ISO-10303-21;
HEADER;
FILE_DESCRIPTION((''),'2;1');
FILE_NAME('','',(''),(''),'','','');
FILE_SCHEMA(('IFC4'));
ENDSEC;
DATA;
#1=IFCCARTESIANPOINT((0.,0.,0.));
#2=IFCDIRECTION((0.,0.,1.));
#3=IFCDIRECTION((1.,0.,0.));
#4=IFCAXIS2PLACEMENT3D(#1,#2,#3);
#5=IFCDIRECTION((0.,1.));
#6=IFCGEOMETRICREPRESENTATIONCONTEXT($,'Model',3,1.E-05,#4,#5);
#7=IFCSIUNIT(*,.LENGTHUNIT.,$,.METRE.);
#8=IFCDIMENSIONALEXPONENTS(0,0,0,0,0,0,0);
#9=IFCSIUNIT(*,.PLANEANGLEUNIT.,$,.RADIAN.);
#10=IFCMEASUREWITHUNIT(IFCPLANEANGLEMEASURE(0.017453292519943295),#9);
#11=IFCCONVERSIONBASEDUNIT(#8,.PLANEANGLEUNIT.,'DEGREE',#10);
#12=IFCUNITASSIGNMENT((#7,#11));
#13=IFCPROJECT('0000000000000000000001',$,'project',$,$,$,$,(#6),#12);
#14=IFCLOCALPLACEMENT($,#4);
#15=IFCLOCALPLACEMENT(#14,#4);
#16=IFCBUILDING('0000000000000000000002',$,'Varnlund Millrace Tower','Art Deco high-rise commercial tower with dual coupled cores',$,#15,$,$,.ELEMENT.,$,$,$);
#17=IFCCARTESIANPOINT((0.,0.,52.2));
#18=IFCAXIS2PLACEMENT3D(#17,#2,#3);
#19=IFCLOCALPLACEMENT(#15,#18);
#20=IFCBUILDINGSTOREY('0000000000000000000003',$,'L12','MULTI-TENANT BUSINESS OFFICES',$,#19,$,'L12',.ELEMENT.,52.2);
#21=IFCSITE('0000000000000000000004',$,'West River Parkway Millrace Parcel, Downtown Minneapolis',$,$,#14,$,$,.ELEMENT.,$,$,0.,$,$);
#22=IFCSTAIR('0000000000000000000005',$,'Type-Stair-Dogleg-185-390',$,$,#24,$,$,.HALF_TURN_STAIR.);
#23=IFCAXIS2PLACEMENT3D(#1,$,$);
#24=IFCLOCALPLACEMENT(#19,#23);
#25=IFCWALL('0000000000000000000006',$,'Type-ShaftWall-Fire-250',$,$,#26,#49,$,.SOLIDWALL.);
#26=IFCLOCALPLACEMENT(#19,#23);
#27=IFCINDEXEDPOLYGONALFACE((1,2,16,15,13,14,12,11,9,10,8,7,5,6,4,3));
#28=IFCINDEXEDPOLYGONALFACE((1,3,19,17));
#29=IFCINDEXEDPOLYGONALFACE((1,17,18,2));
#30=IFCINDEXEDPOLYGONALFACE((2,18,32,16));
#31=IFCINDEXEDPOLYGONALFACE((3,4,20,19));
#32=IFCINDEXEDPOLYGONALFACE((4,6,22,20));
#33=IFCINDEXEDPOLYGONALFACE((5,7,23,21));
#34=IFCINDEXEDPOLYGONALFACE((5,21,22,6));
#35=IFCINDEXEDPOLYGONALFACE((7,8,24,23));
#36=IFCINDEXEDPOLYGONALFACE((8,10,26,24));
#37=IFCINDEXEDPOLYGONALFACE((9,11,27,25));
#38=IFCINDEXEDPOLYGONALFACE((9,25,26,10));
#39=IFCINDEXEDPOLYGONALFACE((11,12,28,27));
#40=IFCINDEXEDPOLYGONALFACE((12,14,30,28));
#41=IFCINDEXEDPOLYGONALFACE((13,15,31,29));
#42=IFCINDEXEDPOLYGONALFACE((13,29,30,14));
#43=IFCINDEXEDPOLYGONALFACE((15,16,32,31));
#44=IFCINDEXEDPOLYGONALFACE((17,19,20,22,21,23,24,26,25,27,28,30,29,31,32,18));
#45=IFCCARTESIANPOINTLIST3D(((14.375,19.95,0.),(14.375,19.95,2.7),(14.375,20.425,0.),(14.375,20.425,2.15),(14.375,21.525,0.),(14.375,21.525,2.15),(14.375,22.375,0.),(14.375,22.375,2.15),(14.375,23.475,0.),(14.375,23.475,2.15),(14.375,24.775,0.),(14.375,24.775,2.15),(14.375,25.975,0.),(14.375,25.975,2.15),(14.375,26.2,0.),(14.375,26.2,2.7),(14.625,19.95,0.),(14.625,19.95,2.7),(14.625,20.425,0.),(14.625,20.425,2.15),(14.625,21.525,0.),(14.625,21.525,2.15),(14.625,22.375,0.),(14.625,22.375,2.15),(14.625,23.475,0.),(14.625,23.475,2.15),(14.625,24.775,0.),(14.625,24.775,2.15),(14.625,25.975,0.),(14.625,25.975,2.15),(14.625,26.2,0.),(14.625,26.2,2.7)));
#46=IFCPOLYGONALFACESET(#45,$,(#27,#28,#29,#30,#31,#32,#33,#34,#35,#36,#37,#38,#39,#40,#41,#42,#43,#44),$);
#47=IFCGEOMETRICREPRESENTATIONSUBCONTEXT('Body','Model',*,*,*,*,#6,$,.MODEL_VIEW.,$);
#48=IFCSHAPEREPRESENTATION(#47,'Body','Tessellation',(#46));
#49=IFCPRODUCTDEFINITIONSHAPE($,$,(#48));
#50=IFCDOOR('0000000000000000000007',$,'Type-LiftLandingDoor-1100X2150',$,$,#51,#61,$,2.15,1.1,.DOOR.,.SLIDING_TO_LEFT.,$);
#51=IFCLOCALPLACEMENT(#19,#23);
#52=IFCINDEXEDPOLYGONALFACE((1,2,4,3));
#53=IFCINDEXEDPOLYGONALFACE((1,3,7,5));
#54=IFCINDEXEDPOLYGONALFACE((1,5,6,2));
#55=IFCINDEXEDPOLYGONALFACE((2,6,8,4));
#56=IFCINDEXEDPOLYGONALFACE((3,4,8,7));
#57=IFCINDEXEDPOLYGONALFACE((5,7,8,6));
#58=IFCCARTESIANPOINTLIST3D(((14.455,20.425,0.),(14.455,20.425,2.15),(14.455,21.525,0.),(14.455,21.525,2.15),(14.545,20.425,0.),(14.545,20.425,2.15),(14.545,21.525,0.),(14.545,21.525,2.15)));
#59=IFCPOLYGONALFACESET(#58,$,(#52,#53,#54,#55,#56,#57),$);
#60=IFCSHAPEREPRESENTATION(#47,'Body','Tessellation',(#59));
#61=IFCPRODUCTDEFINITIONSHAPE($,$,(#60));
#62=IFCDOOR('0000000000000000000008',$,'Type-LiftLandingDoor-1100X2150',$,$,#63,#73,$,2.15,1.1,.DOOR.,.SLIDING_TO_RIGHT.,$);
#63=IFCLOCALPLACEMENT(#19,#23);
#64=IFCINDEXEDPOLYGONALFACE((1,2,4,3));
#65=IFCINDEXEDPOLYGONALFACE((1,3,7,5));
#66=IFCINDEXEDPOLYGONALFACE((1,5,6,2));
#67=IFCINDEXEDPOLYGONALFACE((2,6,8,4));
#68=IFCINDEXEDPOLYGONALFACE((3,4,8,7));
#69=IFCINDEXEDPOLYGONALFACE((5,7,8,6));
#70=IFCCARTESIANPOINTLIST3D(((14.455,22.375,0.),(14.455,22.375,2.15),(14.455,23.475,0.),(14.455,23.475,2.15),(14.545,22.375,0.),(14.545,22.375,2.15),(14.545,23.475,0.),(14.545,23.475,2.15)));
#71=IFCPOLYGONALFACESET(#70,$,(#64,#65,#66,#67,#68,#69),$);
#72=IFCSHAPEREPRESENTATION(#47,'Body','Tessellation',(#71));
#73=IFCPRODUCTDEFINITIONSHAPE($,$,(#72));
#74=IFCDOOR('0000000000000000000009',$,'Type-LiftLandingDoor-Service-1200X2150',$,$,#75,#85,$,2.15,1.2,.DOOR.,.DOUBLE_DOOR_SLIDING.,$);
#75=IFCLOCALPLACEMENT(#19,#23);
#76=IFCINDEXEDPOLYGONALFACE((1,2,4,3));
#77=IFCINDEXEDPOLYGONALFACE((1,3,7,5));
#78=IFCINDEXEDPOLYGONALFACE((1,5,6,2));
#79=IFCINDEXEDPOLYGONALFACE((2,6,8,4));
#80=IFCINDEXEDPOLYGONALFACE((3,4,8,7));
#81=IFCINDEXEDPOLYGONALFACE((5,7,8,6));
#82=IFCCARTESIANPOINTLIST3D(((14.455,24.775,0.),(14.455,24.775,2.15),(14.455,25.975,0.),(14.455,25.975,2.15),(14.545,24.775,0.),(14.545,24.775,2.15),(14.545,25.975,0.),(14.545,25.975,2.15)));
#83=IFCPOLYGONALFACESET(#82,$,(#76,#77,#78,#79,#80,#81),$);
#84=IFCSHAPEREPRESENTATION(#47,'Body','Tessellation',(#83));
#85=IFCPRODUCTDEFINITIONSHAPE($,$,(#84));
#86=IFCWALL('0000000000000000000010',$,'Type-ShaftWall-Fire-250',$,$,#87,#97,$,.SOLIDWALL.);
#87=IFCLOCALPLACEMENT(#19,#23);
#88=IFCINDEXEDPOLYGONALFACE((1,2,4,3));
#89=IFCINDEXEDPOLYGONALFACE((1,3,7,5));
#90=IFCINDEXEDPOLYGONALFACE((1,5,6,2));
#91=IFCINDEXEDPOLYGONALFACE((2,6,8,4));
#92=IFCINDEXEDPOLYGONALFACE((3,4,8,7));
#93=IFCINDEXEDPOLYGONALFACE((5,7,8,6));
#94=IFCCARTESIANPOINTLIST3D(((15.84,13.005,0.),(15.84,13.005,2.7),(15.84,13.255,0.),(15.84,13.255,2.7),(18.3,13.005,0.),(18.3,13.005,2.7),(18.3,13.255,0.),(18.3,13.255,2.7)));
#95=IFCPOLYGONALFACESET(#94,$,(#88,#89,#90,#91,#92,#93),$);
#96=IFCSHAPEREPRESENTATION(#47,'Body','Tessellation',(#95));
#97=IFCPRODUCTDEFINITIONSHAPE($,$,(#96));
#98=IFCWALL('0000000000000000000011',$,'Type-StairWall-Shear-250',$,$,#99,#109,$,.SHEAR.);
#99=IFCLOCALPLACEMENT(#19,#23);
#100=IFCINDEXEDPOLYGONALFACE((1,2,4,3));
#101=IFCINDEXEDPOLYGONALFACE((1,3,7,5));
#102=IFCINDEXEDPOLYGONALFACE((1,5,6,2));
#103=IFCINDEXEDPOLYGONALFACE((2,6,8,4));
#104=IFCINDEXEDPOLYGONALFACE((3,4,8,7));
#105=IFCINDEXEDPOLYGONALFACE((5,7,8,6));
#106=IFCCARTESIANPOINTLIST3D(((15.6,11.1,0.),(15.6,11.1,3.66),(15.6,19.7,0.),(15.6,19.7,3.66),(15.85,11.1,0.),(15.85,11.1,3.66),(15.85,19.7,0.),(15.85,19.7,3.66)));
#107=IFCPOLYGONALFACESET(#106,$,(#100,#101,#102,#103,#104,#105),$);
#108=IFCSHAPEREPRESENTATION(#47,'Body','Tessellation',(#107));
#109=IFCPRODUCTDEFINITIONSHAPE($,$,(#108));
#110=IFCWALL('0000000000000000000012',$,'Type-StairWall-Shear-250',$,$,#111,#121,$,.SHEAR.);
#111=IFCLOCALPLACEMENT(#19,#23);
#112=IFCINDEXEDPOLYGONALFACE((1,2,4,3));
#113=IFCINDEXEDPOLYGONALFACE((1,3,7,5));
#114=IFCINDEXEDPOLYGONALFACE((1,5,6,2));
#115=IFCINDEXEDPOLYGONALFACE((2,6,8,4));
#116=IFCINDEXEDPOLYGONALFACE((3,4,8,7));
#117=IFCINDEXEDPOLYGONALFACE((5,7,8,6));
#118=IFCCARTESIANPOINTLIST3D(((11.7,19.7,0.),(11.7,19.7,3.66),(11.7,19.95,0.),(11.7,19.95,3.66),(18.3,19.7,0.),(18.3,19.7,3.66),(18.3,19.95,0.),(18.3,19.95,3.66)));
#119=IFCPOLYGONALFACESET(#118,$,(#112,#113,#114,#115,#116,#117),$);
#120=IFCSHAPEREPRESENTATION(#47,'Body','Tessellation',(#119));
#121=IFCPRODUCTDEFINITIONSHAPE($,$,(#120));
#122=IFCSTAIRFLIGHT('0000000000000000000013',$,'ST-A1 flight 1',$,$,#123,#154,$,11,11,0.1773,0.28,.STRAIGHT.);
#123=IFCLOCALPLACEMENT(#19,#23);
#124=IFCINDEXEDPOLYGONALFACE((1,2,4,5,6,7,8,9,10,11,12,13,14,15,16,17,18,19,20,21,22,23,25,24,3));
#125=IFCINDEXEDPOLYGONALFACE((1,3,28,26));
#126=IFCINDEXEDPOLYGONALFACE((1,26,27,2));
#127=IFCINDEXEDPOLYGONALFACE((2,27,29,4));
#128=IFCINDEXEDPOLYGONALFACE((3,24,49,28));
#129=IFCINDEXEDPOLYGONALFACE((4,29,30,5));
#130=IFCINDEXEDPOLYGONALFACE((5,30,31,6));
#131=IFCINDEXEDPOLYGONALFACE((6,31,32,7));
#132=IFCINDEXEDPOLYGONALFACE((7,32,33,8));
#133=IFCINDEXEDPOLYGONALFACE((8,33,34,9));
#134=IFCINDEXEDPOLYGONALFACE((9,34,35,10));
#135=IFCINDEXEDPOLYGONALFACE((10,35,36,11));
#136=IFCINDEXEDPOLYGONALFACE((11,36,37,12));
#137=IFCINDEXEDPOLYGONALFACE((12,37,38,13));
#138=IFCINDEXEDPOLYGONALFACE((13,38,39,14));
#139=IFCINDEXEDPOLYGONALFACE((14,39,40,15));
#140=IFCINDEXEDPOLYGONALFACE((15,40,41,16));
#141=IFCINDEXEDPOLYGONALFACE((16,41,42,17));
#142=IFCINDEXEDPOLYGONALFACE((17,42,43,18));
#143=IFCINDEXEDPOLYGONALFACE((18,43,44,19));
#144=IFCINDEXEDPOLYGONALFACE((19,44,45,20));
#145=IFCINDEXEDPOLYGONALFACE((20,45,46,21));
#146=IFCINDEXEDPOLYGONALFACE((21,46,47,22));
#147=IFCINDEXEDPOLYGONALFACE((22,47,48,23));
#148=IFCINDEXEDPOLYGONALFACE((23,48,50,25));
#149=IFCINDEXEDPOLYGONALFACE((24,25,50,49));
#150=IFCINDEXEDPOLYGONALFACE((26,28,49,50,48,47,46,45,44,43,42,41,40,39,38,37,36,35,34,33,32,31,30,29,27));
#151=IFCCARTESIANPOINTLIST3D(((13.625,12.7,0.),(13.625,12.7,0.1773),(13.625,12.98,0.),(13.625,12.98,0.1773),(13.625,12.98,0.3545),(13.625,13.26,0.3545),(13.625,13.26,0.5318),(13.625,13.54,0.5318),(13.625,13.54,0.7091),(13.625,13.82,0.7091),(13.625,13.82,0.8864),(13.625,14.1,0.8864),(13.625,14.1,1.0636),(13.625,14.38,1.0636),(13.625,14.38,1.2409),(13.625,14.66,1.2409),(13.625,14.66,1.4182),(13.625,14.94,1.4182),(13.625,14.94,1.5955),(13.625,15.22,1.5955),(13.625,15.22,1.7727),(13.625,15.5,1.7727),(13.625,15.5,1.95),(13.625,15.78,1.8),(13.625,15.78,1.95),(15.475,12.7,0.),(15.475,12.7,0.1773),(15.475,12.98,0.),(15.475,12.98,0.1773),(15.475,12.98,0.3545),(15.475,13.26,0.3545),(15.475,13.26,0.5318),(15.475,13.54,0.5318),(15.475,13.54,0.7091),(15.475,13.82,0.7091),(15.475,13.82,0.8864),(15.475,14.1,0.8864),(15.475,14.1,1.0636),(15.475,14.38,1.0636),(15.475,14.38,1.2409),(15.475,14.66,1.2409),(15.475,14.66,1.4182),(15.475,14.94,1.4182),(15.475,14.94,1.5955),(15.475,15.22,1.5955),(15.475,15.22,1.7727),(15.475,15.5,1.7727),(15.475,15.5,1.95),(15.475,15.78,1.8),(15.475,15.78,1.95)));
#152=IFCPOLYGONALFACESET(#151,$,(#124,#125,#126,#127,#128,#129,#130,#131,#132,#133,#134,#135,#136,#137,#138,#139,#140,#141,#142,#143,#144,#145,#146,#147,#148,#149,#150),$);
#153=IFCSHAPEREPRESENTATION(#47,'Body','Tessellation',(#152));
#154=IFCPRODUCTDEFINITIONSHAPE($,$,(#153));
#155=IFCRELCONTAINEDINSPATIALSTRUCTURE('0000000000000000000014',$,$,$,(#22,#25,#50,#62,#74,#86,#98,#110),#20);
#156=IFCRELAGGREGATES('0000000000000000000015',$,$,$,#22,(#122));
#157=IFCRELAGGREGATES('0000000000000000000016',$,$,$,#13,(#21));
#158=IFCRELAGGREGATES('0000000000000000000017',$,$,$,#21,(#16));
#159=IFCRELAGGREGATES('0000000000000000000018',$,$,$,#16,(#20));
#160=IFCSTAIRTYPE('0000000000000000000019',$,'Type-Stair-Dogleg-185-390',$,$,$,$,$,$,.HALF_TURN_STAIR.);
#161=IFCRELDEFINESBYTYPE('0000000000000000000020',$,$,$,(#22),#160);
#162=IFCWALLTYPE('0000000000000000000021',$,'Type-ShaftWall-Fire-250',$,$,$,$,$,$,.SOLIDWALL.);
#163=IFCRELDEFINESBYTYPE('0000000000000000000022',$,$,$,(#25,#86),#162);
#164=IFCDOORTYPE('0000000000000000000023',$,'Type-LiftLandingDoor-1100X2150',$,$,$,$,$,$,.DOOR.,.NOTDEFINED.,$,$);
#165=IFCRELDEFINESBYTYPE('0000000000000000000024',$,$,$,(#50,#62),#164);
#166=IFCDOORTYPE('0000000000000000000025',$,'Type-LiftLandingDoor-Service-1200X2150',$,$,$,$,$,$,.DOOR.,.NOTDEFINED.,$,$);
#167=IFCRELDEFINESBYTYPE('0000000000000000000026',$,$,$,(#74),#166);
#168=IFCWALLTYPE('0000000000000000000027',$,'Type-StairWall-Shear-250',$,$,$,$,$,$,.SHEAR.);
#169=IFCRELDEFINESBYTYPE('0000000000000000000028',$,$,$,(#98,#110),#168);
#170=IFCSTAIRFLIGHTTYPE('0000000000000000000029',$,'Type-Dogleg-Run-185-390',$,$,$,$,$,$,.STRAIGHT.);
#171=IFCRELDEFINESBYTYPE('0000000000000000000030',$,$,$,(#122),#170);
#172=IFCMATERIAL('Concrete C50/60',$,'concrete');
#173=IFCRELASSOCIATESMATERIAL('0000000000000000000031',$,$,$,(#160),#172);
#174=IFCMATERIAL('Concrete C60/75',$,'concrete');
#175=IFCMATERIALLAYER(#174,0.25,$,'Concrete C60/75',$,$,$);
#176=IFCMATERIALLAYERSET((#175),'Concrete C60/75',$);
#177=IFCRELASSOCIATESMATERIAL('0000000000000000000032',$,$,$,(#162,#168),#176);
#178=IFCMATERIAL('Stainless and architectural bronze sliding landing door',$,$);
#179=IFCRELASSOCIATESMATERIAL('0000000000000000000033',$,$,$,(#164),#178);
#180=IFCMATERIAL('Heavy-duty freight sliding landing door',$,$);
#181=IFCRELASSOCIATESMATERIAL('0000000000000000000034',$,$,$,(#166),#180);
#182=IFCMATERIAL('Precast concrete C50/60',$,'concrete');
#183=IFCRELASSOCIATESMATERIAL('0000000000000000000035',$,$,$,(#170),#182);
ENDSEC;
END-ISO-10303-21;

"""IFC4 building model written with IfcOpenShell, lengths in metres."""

from ifc_helpers import new_model, entity, si_unit, converted_unit, direction, frame, origin_with_axes, origin_2d_with_axis, place, context, subcontext, project, spatial, polyline, rectangle, outline, extrude, material, layer, layer_set, type_object, element, fill, aggregate, save


model = new_model("IFC4")

# Units and contexts
model_context = context("Model", 3, precision=1e-05, world=origin_with_axes(), true_north=direction((0.0, 1.0)))
body_context = subcontext(model_context, "Body", "Model", "MODEL_VIEW")
ifc_project = project(units=[si_unit("LENGTHUNIT", "METRE"), converted_unit("PLANEANGLEUNIT", "DEGREE", entity("IfcPlaneAngleMeasure", 0.017453292519943295), si_unit("PLANEANGLEUNIT", "RADIAN"), dimensions=[0, 0, 0, 0, 0, 0, 0])], contexts=[model_context])

# Site, building, storey
site_placement = place(None, origin_with_axes())
site = spatial("IfcSite", under=ifc_project, at=site_placement, Name="West River Parkway Millrace Parcel, Downtown Minneapolis", CompositionType="ELEMENT", RefElevation=0.0)
building_placement = place(site_placement, origin_with_axes())
building = spatial("IfcBuilding", under=site, at=building_placement, Name="Varnlund Millrace Tower", Description="Art Deco high-rise commercial tower with dual coupled cores", CompositionType="ELEMENT")
storey_placement = place(building_placement, frame((0.0, 0.0, 52.2), z_axis=(0.0, 0.0, 1.0), x_axis=(1.0, 0.0, 0.0)))
storey = spatial("IfcBuildingStorey", under=building, at=storey_placement, Name="L12", Description="MULTI-TENANT BUSINESS OFFICES", LongName="L12", CompositionType="ELEMENT", Elevation=52.2)

# Stair
ifc_material_1 = material(Name="Concrete C50/60", Category="concrete")
stair_type_1 = type_object("IfcStairType", Name="Type-Stair-Dogleg-185-390", PredefinedType="HALF_TURN_STAIR", material=ifc_material_1)
stair_1_placement = place(storey_placement, origin_with_axes())
stair_1 = element("IfcStair", 1, at=stair_1_placement, inside=storey, type_object=stair_type_1, Name="Type-Stair-Dogleg-185-390", PredefinedType="HALF_TURN_STAIR")

# Wall, openings, doors
ifc_material_2 = material(Name="Concrete C60/75", Category="concrete")
ifc_layer_1 = layer(ifc_material_2, 0.25, Name="Concrete C60/75")
ifc_layer_set_1 = layer_set([ifc_layer_1], Name="Concrete C60/75")
wall_type_1 = type_object("IfcWallType", Name="Type-ShaftWall-Fire-250", PredefinedType="SOLIDWALL", material=ifc_layer_set_1)
wall_1_placement = place(storey_placement, frame((14.5, 19.95, 0.0), z_axis=(0.0, 0.0, 1.0), x_axis=(0.0, 1.0, 0.0)))
wall_1 = element("IfcWall", 2, at=wall_1_placement, inside=storey, type_object=wall_type_1, Name="Type-ShaftWall-Fire-250", PredefinedType="SOLIDWALL", context=body_context, shape_type="SweptSolid", body=[
    extrude(outline(polyline([(0.0, -0.125), (6.25, -0.125), (6.25, 0.125), (0.0, 0.125), (0.0, -0.125)])), origin_with_axes(), (0.0, 0.0, 1.0), 2.7),
])
opening_1_placement = place(wall_1_placement, frame((1.025, 0.0, 0.0), z_axis=(0.0, 0.0, 1.0), x_axis=(1.0, 0.0, 0.0)))
opening_1 = element("IfcOpeningElement", 3, at=opening_1_placement, cuts=wall_1, PredefinedType="OPENING", context=body_context, shape_type="SweptSolid", body=[
    extrude(rectangle(XDim=1.1, YDim=0.27, at=origin_2d_with_axis()), origin_with_axes(), (0.0, 0.0, 1.0), 2.15),
])
opening_2_placement = place(wall_1_placement, frame((2.975, 0.0, 0.0), z_axis=(0.0, 0.0, 1.0), x_axis=(1.0, 0.0, 0.0)))
opening_2 = element("IfcOpeningElement", 4, at=opening_2_placement, cuts=wall_1, PredefinedType="OPENING", context=body_context, shape_type="SweptSolid", body=[
    extrude(rectangle(XDim=1.1, YDim=0.27, at=origin_2d_with_axis()), origin_with_axes(), (0.0, 0.0, 1.0), 2.15),
])
opening_3_placement = place(wall_1_placement, frame((5.425, 0.0, 0.0), z_axis=(0.0, 0.0, 1.0), x_axis=(1.0, 0.0, 0.0)))
opening_3 = element("IfcOpeningElement", 5, at=opening_3_placement, cuts=wall_1, PredefinedType="OPENING", context=body_context, shape_type="SweptSolid", body=[
    extrude(rectangle(XDim=1.2, YDim=0.27, at=origin_2d_with_axis()), origin_with_axes(), (0.0, 0.0, 1.0), 2.15),
])
ifc_material_3 = material(Name="Stainless and architectural bronze sliding landing door")
door_type_1 = type_object("IfcDoorType", Name="Type-LiftLandingDoor-1100X2150", OperationType="NOTDEFINED", PredefinedType="DOOR", material=ifc_material_3)
door_1_placement = place(wall_1_placement, frame((1.025, 0.0, 0.0), z_axis=(0.0, 0.0, 1.0), x_axis=(1.0, 0.0, 0.0)))
door_1 = element("IfcDoor", 6, at=door_1_placement, inside=storey, type_object=door_type_1, Name="Type-LiftLandingDoor-1100X2150", OperationType="SLIDING_TO_LEFT", OverallHeight=2.15, OverallWidth=1.1, PredefinedType="DOOR", context=body_context, shape_type="SweptSolid", body=[
    extrude(rectangle(XDim=1.1, YDim=0.09, at=origin_2d_with_axis()), origin_with_axes(), (0.0, 0.0, 1.0), 2.15),
])
fill(opening_1, door_1)
door_2_placement = place(wall_1_placement, frame((2.975, 0.0, 0.0), z_axis=(0.0, 0.0, 1.0), x_axis=(1.0, 0.0, 0.0)))
door_2 = element("IfcDoor", 7, at=door_2_placement, inside=storey, type_object=door_type_1, Name="Type-LiftLandingDoor-1100X2150", OperationType="SLIDING_TO_RIGHT", OverallHeight=2.15, OverallWidth=1.1, PredefinedType="DOOR", context=body_context, shape_type="SweptSolid", body=[
    extrude(rectangle(XDim=1.1, YDim=0.09, at=origin_2d_with_axis()), origin_with_axes(), (0.0, 0.0, 1.0), 2.15),
])
fill(opening_2, door_2)
ifc_material_4 = material(Name="Heavy-duty freight sliding landing door")
door_type_2 = type_object("IfcDoorType", Name="Type-LiftLandingDoor-Service-1200X2150", OperationType="NOTDEFINED", PredefinedType="DOOR", material=ifc_material_4)
door_3_placement = place(wall_1_placement, frame((5.425, 0.0, 0.0), z_axis=(0.0, 0.0, 1.0), x_axis=(1.0, 0.0, 0.0)))
door_3 = element("IfcDoor", 8, at=door_3_placement, inside=storey, type_object=door_type_2, Name="Type-LiftLandingDoor-Service-1200X2150", OperationType="DOUBLE_DOOR_SLIDING", OverallHeight=2.15, OverallWidth=1.2, PredefinedType="DOOR", context=body_context, shape_type="SweptSolid", body=[
    extrude(rectangle(XDim=1.2, YDim=0.09, at=origin_2d_with_axis()), origin_with_axes(), (0.0, 0.0, 1.0), 2.15),
])
fill(opening_3, door_3)

# Walls
wall_2_placement = place(storey_placement, frame((15.84, 13.13, 0.0), z_axis=(0.0, 0.0, 1.0), x_axis=(1.0, 0.0, 0.0)))
element("IfcWall", 9, at=wall_2_placement, inside=storey, type_object=wall_type_1, Name="Type-ShaftWall-Fire-250", PredefinedType="SOLIDWALL", context=body_context, shape_type="SweptSolid", body=[
    extrude(outline(polyline([(0.0, -0.125), (2.46, -0.125), (2.46, 0.125), (0.0, 0.125), (0.0, -0.125)])), origin_with_axes(), (0.0, 0.0, 1.0), 2.7),
])
wall_type_2 = type_object("IfcWallType", Name="Type-StairWall-Shear-250", PredefinedType="SHEAR", material=ifc_layer_set_1)
wall_3_placement = place(storey_placement, frame((15.725, 11.1, 0.0), z_axis=(0.0, 0.0, 1.0), x_axis=(0.0, 1.0, 0.0)))
element("IfcWall", 10, at=wall_3_placement, inside=storey, type_object=wall_type_2, Name="Type-StairWall-Shear-250", PredefinedType="SHEAR", context=body_context, shape_type="SweptSolid", body=[
    extrude(outline(polyline([(0.0, -0.125), (8.6, -0.125), (8.6, 0.125), (0.0, 0.125), (0.0, -0.125)])), origin_with_axes(), (0.0, 0.0, 1.0), 3.66),
])
wall_4_placement = place(storey_placement, frame((11.7, 19.825, 0.0), z_axis=(0.0, 0.0, 1.0), x_axis=(1.0, 0.0, 0.0)))
element("IfcWall", 11, at=wall_4_placement, inside=storey, type_object=wall_type_2, Name="Type-StairWall-Shear-250", PredefinedType="SHEAR", context=body_context, shape_type="SweptSolid", body=[
    extrude(outline(polyline([(0.0, -0.125), (6.6, -0.125), (6.6, 0.125), (0.0, 0.125), (0.0, -0.125)])), origin_with_axes(), (0.0, 0.0, 1.0), 3.66),
])

# Stair flight
ifc_material_5 = material(Name="Precast concrete C50/60", Category="concrete")
stair_flight_type = type_object("IfcStairFlightType", Name="Type-Dogleg-Run-185-390", PredefinedType="STRAIGHT", material=ifc_material_5)
stair_flight_1_placement = place(storey_placement, frame((13.625, 12.7, 0.0), z_axis=(1.0, 0.0, 0.0), x_axis=(0.0, 1.0, 0.0)))
stair_flight_1 = element("IfcStairFlight", 12, at=stair_flight_1_placement, type_object=stair_flight_type, Name="ST-A1 flight 1", NumberOfRisers=11, NumberOfTreads=11, PredefinedType="STRAIGHT", RiserHeight=0.1773, TreadLength=0.28, context=body_context, shape_type="SweptSolid", body=[
    extrude(outline(polyline([(0.0, 0.0), (0.0, 0.1773), (0.28, 0.1773), (0.28, 0.3545), (0.56, 0.3545), (0.56, 0.5318), (0.84, 0.5318), (0.84, 0.7091), (1.12, 0.7091), (1.12, 0.8864), (1.4, 0.8864), (1.4, 1.0636), (1.68, 1.0636), (1.68, 1.2409), (1.96, 1.2409), (1.96, 1.4182), (2.24, 1.4182), (2.24, 1.5955), (2.52, 1.5955), (2.52, 1.7727), (2.8, 1.7727), (2.8, 1.95), (3.08, 1.95), (3.08, 1.8), (0.28, 0.0), (0.0, 0.0)])), origin_with_axes(), (0.0, 0.0, 1.0), 1.85),
])
aggregate(stair_1, [stair_flight_1])

save(model, "model.ifc")
